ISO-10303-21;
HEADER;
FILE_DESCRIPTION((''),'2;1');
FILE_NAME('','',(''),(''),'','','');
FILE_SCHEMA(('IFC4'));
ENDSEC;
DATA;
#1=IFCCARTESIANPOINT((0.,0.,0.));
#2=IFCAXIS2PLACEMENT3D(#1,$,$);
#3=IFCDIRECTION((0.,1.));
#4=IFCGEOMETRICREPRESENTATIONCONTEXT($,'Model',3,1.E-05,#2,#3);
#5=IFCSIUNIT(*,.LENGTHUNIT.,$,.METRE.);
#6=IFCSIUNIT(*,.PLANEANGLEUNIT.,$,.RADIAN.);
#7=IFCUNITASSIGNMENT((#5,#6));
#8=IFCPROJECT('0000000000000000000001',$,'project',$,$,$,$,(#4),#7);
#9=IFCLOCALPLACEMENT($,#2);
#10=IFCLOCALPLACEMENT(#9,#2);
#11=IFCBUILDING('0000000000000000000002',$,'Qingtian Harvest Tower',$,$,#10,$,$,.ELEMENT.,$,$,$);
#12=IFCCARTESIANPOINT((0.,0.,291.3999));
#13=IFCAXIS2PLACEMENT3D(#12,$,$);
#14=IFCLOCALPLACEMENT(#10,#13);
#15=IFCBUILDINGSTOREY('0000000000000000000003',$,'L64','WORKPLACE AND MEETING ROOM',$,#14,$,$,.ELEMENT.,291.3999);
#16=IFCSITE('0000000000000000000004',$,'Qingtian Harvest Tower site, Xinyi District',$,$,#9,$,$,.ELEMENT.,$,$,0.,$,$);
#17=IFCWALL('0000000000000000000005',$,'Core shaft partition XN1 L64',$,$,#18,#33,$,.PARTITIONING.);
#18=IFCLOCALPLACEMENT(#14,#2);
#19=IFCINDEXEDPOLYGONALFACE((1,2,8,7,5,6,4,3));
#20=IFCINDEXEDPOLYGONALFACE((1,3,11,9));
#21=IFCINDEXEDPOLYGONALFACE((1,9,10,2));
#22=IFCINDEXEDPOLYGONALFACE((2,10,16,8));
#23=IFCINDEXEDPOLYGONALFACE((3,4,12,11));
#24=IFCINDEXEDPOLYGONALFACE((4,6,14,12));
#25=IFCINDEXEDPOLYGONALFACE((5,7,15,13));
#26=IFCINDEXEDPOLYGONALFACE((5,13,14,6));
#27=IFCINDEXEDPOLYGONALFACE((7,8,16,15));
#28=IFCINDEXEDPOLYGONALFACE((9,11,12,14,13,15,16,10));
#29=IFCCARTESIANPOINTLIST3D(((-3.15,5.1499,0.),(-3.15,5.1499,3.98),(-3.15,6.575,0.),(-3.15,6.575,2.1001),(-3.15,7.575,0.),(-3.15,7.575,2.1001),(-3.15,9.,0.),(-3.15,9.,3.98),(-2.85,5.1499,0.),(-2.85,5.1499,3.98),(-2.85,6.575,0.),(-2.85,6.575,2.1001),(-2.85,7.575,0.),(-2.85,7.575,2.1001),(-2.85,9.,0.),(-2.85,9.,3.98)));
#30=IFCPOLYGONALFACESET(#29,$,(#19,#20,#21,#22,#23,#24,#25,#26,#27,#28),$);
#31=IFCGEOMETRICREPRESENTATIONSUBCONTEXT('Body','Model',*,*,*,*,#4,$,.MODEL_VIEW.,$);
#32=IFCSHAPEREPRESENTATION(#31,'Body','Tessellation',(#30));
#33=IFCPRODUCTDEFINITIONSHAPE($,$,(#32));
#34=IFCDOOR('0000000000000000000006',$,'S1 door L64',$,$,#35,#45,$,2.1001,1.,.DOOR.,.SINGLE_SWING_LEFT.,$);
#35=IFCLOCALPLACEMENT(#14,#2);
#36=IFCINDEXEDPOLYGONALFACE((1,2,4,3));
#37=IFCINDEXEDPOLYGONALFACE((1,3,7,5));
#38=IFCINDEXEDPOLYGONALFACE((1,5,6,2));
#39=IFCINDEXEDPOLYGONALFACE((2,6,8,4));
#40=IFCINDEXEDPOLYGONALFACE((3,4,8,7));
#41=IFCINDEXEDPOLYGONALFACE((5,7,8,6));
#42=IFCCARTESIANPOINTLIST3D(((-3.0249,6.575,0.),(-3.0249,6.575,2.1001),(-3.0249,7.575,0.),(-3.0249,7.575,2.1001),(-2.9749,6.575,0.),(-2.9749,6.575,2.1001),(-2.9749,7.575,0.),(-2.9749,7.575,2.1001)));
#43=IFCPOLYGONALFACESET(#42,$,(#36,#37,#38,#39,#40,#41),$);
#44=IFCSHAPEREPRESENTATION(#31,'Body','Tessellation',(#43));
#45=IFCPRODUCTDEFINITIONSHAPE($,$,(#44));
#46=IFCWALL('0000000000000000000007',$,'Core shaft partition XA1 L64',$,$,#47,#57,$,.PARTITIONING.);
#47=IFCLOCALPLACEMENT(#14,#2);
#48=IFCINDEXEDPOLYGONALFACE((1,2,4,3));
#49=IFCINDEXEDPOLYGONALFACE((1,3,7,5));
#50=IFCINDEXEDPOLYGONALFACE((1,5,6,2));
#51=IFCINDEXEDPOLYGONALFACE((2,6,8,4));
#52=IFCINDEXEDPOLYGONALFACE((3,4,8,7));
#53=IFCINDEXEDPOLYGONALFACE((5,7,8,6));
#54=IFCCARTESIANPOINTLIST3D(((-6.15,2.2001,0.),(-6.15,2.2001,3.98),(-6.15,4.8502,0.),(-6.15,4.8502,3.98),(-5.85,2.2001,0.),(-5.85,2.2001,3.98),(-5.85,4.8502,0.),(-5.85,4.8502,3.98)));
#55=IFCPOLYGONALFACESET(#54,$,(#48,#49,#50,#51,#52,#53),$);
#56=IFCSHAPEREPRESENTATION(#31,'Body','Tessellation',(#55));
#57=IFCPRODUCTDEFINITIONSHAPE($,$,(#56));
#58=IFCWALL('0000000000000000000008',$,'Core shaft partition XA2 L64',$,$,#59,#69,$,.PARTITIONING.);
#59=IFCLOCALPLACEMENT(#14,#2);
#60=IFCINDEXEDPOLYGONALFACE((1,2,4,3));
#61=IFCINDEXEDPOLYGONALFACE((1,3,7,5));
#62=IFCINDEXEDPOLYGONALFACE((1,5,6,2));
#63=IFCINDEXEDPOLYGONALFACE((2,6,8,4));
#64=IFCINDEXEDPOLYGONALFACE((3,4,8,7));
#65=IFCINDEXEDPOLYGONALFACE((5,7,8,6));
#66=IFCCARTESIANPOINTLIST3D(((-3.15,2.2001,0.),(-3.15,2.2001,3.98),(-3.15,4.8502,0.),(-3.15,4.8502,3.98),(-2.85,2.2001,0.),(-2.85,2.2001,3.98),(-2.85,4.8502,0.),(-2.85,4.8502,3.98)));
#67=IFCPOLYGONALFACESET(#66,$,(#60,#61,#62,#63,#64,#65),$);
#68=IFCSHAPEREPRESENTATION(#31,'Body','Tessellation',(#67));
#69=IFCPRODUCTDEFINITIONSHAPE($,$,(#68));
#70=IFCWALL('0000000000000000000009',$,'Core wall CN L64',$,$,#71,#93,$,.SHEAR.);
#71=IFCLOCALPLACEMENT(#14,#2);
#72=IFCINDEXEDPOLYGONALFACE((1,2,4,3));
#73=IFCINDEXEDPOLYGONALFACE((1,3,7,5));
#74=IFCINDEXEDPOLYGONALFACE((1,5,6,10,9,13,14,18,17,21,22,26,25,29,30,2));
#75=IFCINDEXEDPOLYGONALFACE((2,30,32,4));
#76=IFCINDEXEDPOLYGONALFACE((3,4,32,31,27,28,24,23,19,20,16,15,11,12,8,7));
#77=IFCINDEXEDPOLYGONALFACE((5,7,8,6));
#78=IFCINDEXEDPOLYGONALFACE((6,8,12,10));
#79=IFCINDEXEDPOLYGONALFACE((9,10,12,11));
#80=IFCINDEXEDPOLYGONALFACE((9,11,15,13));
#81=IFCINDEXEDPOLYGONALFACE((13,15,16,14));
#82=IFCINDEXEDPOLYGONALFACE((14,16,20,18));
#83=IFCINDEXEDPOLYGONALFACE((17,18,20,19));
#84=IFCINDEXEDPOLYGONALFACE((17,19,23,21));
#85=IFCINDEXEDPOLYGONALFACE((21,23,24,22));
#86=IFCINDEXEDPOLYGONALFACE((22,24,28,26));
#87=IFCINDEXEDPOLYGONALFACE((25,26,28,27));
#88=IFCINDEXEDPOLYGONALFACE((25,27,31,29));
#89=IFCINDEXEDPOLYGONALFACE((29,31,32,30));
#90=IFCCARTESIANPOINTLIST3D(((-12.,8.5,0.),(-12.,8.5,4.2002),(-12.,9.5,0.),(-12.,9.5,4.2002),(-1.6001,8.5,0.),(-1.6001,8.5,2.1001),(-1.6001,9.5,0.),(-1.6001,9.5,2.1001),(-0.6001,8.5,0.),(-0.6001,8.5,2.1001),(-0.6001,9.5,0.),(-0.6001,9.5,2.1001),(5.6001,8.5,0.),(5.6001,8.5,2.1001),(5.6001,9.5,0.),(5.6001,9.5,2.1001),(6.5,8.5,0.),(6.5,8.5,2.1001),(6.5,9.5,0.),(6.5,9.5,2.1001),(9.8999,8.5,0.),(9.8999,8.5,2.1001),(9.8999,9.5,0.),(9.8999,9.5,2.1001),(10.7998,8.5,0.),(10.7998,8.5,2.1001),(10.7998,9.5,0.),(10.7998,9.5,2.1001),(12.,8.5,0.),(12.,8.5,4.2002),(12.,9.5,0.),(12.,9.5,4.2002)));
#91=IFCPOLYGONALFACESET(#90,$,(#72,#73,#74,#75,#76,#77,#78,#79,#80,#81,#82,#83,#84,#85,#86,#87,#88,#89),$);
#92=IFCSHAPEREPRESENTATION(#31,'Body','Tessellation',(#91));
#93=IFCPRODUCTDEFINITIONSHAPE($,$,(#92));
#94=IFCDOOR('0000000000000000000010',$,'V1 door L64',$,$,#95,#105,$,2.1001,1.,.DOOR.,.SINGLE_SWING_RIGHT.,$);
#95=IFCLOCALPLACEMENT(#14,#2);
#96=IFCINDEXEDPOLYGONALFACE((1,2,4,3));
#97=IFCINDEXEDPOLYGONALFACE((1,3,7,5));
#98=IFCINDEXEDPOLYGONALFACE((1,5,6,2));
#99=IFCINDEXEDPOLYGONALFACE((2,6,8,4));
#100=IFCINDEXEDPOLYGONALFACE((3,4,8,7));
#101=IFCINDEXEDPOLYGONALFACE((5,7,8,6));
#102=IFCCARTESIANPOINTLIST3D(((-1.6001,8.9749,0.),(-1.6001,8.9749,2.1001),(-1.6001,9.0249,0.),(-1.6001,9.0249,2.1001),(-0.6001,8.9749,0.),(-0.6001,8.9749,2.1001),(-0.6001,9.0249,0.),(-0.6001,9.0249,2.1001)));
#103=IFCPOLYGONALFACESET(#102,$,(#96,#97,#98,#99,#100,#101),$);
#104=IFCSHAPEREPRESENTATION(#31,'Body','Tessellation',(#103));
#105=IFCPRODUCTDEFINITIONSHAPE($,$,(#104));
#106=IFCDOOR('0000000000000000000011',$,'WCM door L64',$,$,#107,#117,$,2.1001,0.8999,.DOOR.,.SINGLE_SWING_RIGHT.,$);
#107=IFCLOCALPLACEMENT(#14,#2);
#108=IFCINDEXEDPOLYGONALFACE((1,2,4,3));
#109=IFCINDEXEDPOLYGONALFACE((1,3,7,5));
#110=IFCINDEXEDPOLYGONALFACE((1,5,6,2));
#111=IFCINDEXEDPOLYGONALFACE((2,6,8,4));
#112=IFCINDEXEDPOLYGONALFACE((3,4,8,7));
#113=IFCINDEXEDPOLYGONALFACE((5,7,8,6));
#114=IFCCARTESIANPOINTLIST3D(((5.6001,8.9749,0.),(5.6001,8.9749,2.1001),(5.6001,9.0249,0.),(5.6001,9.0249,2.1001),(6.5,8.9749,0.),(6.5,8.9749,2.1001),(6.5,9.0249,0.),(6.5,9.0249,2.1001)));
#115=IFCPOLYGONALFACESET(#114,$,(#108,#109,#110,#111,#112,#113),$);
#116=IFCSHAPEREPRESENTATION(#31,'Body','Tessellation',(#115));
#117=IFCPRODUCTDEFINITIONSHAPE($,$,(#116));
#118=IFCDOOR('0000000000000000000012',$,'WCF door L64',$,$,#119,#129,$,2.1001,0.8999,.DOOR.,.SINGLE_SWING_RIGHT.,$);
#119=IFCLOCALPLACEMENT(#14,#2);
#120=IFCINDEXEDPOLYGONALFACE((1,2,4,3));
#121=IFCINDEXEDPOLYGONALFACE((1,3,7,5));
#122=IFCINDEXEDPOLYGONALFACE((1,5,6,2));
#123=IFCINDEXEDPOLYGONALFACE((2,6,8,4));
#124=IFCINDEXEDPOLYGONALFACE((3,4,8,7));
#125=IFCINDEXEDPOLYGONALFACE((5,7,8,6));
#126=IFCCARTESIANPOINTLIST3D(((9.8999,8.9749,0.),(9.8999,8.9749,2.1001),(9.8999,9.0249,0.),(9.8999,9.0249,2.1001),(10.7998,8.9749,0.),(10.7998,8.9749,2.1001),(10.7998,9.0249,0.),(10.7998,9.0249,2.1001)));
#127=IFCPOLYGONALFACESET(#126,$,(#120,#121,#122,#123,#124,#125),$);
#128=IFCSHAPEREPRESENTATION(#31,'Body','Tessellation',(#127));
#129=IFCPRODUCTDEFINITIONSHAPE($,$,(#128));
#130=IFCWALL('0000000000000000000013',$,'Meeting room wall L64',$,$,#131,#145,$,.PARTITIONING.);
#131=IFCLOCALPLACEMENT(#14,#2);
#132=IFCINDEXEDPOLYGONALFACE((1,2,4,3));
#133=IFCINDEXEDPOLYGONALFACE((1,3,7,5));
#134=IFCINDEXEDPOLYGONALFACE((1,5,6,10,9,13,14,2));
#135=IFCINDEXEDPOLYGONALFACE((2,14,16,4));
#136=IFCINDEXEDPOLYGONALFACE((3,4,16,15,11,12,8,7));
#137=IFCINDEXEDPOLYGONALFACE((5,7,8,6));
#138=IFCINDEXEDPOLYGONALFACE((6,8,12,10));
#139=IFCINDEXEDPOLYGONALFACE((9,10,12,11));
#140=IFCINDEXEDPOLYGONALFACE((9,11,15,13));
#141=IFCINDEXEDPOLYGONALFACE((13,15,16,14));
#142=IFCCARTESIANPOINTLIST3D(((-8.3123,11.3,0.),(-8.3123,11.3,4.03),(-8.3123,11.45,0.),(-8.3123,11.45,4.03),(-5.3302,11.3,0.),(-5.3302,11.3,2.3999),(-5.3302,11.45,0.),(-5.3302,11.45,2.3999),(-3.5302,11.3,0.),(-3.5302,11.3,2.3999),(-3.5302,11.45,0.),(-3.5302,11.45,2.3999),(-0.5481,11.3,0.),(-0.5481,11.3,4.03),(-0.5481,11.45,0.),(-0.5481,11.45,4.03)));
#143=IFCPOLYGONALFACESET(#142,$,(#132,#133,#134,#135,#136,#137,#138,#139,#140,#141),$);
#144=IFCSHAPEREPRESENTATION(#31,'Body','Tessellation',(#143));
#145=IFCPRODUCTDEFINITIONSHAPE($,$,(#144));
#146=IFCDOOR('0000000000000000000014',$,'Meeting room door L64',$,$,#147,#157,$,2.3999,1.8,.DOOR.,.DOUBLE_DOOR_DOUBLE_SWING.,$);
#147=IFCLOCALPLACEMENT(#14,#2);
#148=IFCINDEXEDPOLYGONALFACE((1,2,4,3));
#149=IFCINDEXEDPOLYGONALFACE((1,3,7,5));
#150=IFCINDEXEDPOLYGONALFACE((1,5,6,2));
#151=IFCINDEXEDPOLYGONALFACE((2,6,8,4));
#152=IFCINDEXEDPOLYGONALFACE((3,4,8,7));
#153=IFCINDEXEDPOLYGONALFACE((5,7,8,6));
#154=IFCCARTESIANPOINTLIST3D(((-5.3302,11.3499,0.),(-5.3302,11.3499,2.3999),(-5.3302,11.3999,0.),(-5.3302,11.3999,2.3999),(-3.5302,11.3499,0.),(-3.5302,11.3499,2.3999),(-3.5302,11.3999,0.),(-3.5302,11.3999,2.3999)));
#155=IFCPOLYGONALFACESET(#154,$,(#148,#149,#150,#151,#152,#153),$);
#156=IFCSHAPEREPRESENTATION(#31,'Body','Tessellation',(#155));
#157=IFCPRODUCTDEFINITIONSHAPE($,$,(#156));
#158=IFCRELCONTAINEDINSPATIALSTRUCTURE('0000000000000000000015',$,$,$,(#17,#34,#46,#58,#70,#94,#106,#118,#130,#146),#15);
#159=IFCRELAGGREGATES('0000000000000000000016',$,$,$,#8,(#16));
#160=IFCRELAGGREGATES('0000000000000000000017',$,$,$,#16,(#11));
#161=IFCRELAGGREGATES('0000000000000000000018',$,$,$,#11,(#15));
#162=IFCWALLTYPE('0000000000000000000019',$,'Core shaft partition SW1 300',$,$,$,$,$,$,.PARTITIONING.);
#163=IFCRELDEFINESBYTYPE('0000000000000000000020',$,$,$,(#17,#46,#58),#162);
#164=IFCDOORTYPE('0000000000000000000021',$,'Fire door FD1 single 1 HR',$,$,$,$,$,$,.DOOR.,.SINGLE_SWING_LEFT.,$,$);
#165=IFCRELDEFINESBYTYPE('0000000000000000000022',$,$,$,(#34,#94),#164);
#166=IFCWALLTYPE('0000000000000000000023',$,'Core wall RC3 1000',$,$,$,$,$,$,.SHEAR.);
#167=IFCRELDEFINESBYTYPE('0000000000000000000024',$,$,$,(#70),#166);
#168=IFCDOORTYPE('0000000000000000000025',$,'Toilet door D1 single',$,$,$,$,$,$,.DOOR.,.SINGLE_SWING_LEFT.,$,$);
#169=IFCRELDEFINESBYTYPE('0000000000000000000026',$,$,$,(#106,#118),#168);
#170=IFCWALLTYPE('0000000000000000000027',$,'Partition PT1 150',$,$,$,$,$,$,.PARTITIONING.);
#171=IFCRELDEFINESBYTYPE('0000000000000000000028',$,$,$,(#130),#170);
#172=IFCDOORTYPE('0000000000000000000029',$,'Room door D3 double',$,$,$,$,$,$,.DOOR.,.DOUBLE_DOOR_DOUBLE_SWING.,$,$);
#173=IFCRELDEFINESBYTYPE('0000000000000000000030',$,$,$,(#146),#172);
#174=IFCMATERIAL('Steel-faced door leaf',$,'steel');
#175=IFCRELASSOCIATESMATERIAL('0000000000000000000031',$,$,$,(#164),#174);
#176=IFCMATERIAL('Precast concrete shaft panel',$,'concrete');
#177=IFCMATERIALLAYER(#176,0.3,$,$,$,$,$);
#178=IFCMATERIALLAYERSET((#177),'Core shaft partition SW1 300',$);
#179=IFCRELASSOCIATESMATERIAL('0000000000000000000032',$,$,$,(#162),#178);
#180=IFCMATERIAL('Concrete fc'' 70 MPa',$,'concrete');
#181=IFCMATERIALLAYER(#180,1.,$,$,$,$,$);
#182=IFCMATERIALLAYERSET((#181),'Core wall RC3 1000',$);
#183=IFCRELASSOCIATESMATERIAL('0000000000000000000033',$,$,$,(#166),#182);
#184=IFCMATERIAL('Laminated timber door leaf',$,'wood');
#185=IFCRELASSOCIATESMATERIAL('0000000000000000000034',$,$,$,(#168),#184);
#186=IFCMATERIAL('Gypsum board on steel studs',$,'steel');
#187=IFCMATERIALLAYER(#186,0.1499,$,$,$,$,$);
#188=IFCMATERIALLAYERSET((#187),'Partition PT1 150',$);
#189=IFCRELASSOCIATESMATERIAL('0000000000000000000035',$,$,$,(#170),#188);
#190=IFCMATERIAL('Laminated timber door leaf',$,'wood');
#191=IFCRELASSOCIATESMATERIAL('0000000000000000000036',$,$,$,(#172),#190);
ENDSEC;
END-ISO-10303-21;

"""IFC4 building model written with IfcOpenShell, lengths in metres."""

from ifc_helpers import new_model, si_unit, direction, frame, frame_2d, origin, place, context, subcontext, project, spatial, rectangle, extrude, material, layer, layer_set, type_object, element, fill, save


model = new_model("IFC4")

# Units and contexts
model_context = context("Model", 3, precision=1e-05, world=origin(), true_north=direction((0.0, 1.0)))
body_context = subcontext(model_context, "Body", "Model", "MODEL_VIEW")
ifc_project = project(units=[si_unit("LENGTHUNIT", "METRE"), si_unit("PLANEANGLEUNIT", "RADIAN")], contexts=[model_context])

# Site, building, storey
site_placement = place(None, origin())
site = spatial("IfcSite", under=ifc_project, at=site_placement, Name="Qingtian Harvest Tower site, Xinyi District", CompositionType="ELEMENT", RefElevation=0.0)
building_placement = place(site_placement, origin())
building = spatial("IfcBuilding", under=site, at=building_placement, Name="Qingtian Harvest Tower", CompositionType="ELEMENT")
storey_placement = place(building_placement, frame((0.0, 0.0, 291.3999)))
storey = spatial("IfcBuildingStorey", under=building, at=storey_placement, Name="L64", Description="WORKPLACE AND MEETING ROOM", CompositionType="ELEMENT", Elevation=291.3999)

# Shared definitions
ifc_material_1 = material(Name="Steel-faced door leaf", Category="steel")
door_type_1 = type_object("IfcDoorType", Name="Fire door FD1 single 1 HR", OperationType="SINGLE_SWING_LEFT", PredefinedType="DOOR", material=ifc_material_1)

# Wall, opening, door
ifc_material_2 = material(Name="Precast concrete shaft panel", Category="concrete")
ifc_layer_1 = layer(ifc_material_2, 0.3)
ifc_layer_set_1 = layer_set([ifc_layer_1], Name="Core shaft partition SW1 300")
wall_type_1 = type_object("IfcWallType", Name="Core shaft partition SW1 300", PredefinedType="PARTITIONING", material=ifc_layer_set_1)
wall_1_placement = place(storey_placement, frame((-3.0, 5.1499, 0.0), z_axis=(0.0, 0.0, 1.0), x_axis=(0.0, 1.0, 0.0)))
wall_1 = element("IfcWall", 1, at=wall_1_placement, inside=storey, type_object=wall_type_1, Name="Core shaft partition XN1 L64", PredefinedType="PARTITIONING", context=body_context, shape_type="SweptSolid", body=[
    extrude(rectangle(XDim=3.8501, YDim=0.3, at=frame_2d((1.925, 0.0))), origin(), (0.0, 0.0, 1.0), 3.98),
])
opening_1_placement = place(wall_1_placement, frame((1.425, 0.0, 0.0)))
opening_1 = element("IfcOpeningElement", 2, at=opening_1_placement, cuts=wall_1, PredefinedType="OPENING", context=body_context, shape_type="SweptSolid", body=[
    extrude(rectangle(XDim=1.0, YDim=2.1001, at=frame_2d((0.5, 1.05))), frame((0.0, 0.1599, 0.0), z_axis=(0.0, -1.0, 0.0), x_axis=(1.0, 0.0, 0.0)), (0.0, 0.0, 1.0), 0.3201),
])
door_1_placement = place(opening_1_placement, origin())
door_1 = element("IfcDoor", 3, at=door_1_placement, inside=storey, type_object=door_type_1, Name="S1 door L64", OperationType="SINGLE_SWING_LEFT", OverallHeight=2.1001, OverallWidth=1.0, PredefinedType="DOOR", context=body_context, shape_type="SweptSolid", body=[
    extrude(rectangle(XDim=1.0, YDim=2.1001, at=frame_2d((0.5, 1.05))), frame((0.0, 0.0249, 0.0), z_axis=(0.0, -1.0, 0.0), x_axis=(1.0, 0.0, 0.0)), (0.0, 0.0, 1.0), 0.05),
])
fill(opening_1, door_1)

# Walls
for number, where, z_axis, x_axis, name in (
    (4, (-6.0, 2.2, 0.0), (0.0, 0.0, 1.0), (0.0, 1.0, 0.0), "Core shaft partition XA1 L64"),
    (5, (-3.0, 2.2, 0.0), (0.0, 0.0, 1.0), (0.0, 1.0, 0.0), "Core shaft partition XA2 L64"),
):
    element("IfcWall", number, at=place(storey_placement, frame(where, z_axis=z_axis, x_axis=x_axis)), inside=storey, type_object=wall_type_1, Name=name, PredefinedType="PARTITIONING", context=body_context, shape_type="SweptSolid", body=[
        extrude(rectangle(XDim=2.6501, YDim=0.3, at=frame_2d((1.3252, 0.0))), origin(), (0.0, 0.0, 1.0), 3.98),
    ])

# Wall, openings, doors
ifc_material_3 = material(Name="Concrete fc' 70 MPa", Category="concrete")
ifc_layer_2 = layer(ifc_material_3, 1.0)
ifc_layer_set_2 = layer_set([ifc_layer_2], Name="Core wall RC3 1000")
wall_type_2 = type_object("IfcWallType", Name="Core wall RC3 1000", PredefinedType="SHEAR", material=ifc_layer_set_2)
wall_2_placement = place(storey_placement, frame((-12.0, 9.0, 0.0), z_axis=(0.0, 0.0, 1.0), x_axis=(1.0, 0.0, 0.0)))
wall_2 = element("IfcWall", 6, at=wall_2_placement, inside=storey, type_object=wall_type_2, Name="Core wall CN L64", PredefinedType="SHEAR", context=body_context, shape_type="SweptSolid", body=[
    extrude(rectangle(XDim=24.0, YDim=1.0, at=frame_2d((12.0, 0.0))), origin(), (0.0, 0.0, 1.0), 4.2002),
])
opening_2_placement = place(wall_2_placement, frame((10.3999, 0.0, 0.0)))
opening_2 = element("IfcOpeningElement", 7, at=opening_2_placement, cuts=wall_2, PredefinedType="OPENING", context=body_context, shape_type="SweptSolid", body=[
    extrude(rectangle(XDim=1.0, YDim=2.1001, at=frame_2d((0.5, 1.05))), frame((0.0, 0.51, 0.0), z_axis=(0.0, -1.0, 0.0), x_axis=(1.0, 0.0, 0.0)), (0.0, 0.0, 1.0), 1.02),
])
opening_3_placement = place(wall_2_placement, frame((17.6001, 0.0, 0.0)))
opening_3 = element("IfcOpeningElement", 8, at=opening_3_placement, cuts=wall_2, PredefinedType="OPENING", context=body_context, shape_type="SweptSolid", body=[
    extrude(rectangle(XDim=0.8999, YDim=2.1001, at=frame_2d((0.45, 1.05))), frame((0.0, 0.51, 0.0), z_axis=(0.0, -1.0, 0.0), x_axis=(1.0, 0.0, 0.0)), (0.0, 0.0, 1.0), 1.02),
])
opening_4_placement = place(wall_2_placement, frame((21.8999, 0.0, 0.0)))
opening_4 = element("IfcOpeningElement", 9, at=opening_4_placement, cuts=wall_2, PredefinedType="OPENING", context=body_context, shape_type="SweptSolid", body=[
    extrude(rectangle(XDim=0.8999, YDim=2.1001, at=frame_2d((0.45, 1.05))), frame((0.0, 0.51, 0.0), z_axis=(0.0, -1.0, 0.0), x_axis=(1.0, 0.0, 0.0)), (0.0, 0.0, 1.0), 1.02),
])
door_2_placement = place(opening_2_placement, origin())
door_2 = element("IfcDoor", 10, at=door_2_placement, inside=storey, type_object=door_type_1, Name="V1 door L64", OperationType="SINGLE_SWING_RIGHT", OverallHeight=2.1001, OverallWidth=1.0, PredefinedType="DOOR", context=body_context, shape_type="SweptSolid", body=[
    extrude(rectangle(XDim=1.0, YDim=2.1001, at=frame_2d((0.5, 1.05))), frame((0.0, 0.0249, 0.0), z_axis=(0.0, -1.0, 0.0), x_axis=(1.0, 0.0, 0.0)), (0.0, 0.0, 1.0), 0.05),
])
fill(opening_2, door_2)
ifc_material_4 = material(Name="Laminated timber door leaf", Category="wood")
door_type_2 = type_object("IfcDoorType", Name="Toilet door D1 single", OperationType="SINGLE_SWING_LEFT", PredefinedType="DOOR", material=ifc_material_4)
door_3_placement = place(opening_3_placement, origin())
door_3 = element("IfcDoor", 11, at=door_3_placement, inside=storey, type_object=door_type_2, Name="WCM door L64", OperationType="SINGLE_SWING_RIGHT", OverallHeight=2.1001, OverallWidth=0.8999, PredefinedType="DOOR", context=body_context, shape_type="SweptSolid", body=[
    extrude(rectangle(XDim=0.8999, YDim=2.1001, at=frame_2d((0.45, 1.05))), frame((0.0, 0.0249, 0.0), z_axis=(0.0, -1.0, 0.0), x_axis=(1.0, 0.0, 0.0)), (0.0, 0.0, 1.0), 0.05),
])
fill(opening_3, door_3)
door_4_placement = place(opening_4_placement, origin())
door_4 = element("IfcDoor", 12, at=door_4_placement, inside=storey, type_object=door_type_2, Name="WCF door L64", OperationType="SINGLE_SWING_RIGHT", OverallHeight=2.1001, OverallWidth=0.8999, PredefinedType="DOOR", context=body_context, shape_type="SweptSolid", body=[
    extrude(rectangle(XDim=0.8999, YDim=2.1001, at=frame_2d((0.45, 1.05))), frame((0.0, 0.0249, 0.0), z_axis=(0.0, -1.0, 0.0), x_axis=(1.0, 0.0, 0.0)), (0.0, 0.0, 1.0), 0.05),
])
fill(opening_4, door_4)

# Wall, opening, door
ifc_material_5 = material(Name="Gypsum board on steel studs", Category="steel")
ifc_layer_3 = layer(ifc_material_5, 0.1499)
ifc_layer_set_3 = layer_set([ifc_layer_3], Name="Partition PT1 150")
wall_type_3 = type_object("IfcWallType", Name="Partition PT1 150", PredefinedType="PARTITIONING", material=ifc_layer_set_3)
wall_3_placement = place(storey_placement, frame((-8.3123, 11.375, 0.0), z_axis=(0.0, 0.0, 1.0), x_axis=(1.0, 0.0, 0.0)))
wall_3 = element("IfcWall", 13, at=wall_3_placement, inside=storey, type_object=wall_type_3, Name="Meeting room wall L64", PredefinedType="PARTITIONING", context=body_context, shape_type="SweptSolid", body=[
    extrude(rectangle(XDim=7.7642, YDim=0.1499, at=frame_2d((3.8821, 0.0))), origin(), (0.0, 0.0, 1.0), 4.03),
])
opening_5_placement = place(wall_3_placement, frame((2.9822, 0.0, 0.0)))
opening_5 = element("IfcOpeningElement", 14, at=opening_5_placement, cuts=wall_3, PredefinedType="OPENING", context=body_context, shape_type="SweptSolid", body=[
    extrude(rectangle(XDim=1.8, YDim=2.3999, at=frame_2d((0.8999, 1.2))), frame((0.0, 0.085, 0.0), z_axis=(0.0, -1.0, 0.0), x_axis=(1.0, 0.0, 0.0)), (0.0, 0.0, 1.0), 0.1699),
])
ifc_material_6 = material(Name="Laminated timber door leaf", Category="wood")
door_type_3 = type_object("IfcDoorType", Name="Room door D3 double", OperationType="DOUBLE_DOOR_DOUBLE_SWING", PredefinedType="DOOR", material=ifc_material_6)
door_5_placement = place(opening_5_placement, origin())
door_5 = element("IfcDoor", 15, at=door_5_placement, inside=storey, type_object=door_type_3, Name="Meeting room door L64", OperationType="DOUBLE_DOOR_DOUBLE_SWING", OverallHeight=2.3999, OverallWidth=1.8, PredefinedType="DOOR", context=body_context, shape_type="SweptSolid", body=[
    extrude(rectangle(XDim=1.8, YDim=2.3999, at=frame_2d((0.8999, 1.2))), frame((0.0, 0.0249, 0.0), z_axis=(0.0, -1.0, 0.0), x_axis=(1.0, 0.0, 0.0)), (0.0, 0.0, 1.0), 0.05),
])
fill(opening_5, door_5)

save(model, "model.ifc")
